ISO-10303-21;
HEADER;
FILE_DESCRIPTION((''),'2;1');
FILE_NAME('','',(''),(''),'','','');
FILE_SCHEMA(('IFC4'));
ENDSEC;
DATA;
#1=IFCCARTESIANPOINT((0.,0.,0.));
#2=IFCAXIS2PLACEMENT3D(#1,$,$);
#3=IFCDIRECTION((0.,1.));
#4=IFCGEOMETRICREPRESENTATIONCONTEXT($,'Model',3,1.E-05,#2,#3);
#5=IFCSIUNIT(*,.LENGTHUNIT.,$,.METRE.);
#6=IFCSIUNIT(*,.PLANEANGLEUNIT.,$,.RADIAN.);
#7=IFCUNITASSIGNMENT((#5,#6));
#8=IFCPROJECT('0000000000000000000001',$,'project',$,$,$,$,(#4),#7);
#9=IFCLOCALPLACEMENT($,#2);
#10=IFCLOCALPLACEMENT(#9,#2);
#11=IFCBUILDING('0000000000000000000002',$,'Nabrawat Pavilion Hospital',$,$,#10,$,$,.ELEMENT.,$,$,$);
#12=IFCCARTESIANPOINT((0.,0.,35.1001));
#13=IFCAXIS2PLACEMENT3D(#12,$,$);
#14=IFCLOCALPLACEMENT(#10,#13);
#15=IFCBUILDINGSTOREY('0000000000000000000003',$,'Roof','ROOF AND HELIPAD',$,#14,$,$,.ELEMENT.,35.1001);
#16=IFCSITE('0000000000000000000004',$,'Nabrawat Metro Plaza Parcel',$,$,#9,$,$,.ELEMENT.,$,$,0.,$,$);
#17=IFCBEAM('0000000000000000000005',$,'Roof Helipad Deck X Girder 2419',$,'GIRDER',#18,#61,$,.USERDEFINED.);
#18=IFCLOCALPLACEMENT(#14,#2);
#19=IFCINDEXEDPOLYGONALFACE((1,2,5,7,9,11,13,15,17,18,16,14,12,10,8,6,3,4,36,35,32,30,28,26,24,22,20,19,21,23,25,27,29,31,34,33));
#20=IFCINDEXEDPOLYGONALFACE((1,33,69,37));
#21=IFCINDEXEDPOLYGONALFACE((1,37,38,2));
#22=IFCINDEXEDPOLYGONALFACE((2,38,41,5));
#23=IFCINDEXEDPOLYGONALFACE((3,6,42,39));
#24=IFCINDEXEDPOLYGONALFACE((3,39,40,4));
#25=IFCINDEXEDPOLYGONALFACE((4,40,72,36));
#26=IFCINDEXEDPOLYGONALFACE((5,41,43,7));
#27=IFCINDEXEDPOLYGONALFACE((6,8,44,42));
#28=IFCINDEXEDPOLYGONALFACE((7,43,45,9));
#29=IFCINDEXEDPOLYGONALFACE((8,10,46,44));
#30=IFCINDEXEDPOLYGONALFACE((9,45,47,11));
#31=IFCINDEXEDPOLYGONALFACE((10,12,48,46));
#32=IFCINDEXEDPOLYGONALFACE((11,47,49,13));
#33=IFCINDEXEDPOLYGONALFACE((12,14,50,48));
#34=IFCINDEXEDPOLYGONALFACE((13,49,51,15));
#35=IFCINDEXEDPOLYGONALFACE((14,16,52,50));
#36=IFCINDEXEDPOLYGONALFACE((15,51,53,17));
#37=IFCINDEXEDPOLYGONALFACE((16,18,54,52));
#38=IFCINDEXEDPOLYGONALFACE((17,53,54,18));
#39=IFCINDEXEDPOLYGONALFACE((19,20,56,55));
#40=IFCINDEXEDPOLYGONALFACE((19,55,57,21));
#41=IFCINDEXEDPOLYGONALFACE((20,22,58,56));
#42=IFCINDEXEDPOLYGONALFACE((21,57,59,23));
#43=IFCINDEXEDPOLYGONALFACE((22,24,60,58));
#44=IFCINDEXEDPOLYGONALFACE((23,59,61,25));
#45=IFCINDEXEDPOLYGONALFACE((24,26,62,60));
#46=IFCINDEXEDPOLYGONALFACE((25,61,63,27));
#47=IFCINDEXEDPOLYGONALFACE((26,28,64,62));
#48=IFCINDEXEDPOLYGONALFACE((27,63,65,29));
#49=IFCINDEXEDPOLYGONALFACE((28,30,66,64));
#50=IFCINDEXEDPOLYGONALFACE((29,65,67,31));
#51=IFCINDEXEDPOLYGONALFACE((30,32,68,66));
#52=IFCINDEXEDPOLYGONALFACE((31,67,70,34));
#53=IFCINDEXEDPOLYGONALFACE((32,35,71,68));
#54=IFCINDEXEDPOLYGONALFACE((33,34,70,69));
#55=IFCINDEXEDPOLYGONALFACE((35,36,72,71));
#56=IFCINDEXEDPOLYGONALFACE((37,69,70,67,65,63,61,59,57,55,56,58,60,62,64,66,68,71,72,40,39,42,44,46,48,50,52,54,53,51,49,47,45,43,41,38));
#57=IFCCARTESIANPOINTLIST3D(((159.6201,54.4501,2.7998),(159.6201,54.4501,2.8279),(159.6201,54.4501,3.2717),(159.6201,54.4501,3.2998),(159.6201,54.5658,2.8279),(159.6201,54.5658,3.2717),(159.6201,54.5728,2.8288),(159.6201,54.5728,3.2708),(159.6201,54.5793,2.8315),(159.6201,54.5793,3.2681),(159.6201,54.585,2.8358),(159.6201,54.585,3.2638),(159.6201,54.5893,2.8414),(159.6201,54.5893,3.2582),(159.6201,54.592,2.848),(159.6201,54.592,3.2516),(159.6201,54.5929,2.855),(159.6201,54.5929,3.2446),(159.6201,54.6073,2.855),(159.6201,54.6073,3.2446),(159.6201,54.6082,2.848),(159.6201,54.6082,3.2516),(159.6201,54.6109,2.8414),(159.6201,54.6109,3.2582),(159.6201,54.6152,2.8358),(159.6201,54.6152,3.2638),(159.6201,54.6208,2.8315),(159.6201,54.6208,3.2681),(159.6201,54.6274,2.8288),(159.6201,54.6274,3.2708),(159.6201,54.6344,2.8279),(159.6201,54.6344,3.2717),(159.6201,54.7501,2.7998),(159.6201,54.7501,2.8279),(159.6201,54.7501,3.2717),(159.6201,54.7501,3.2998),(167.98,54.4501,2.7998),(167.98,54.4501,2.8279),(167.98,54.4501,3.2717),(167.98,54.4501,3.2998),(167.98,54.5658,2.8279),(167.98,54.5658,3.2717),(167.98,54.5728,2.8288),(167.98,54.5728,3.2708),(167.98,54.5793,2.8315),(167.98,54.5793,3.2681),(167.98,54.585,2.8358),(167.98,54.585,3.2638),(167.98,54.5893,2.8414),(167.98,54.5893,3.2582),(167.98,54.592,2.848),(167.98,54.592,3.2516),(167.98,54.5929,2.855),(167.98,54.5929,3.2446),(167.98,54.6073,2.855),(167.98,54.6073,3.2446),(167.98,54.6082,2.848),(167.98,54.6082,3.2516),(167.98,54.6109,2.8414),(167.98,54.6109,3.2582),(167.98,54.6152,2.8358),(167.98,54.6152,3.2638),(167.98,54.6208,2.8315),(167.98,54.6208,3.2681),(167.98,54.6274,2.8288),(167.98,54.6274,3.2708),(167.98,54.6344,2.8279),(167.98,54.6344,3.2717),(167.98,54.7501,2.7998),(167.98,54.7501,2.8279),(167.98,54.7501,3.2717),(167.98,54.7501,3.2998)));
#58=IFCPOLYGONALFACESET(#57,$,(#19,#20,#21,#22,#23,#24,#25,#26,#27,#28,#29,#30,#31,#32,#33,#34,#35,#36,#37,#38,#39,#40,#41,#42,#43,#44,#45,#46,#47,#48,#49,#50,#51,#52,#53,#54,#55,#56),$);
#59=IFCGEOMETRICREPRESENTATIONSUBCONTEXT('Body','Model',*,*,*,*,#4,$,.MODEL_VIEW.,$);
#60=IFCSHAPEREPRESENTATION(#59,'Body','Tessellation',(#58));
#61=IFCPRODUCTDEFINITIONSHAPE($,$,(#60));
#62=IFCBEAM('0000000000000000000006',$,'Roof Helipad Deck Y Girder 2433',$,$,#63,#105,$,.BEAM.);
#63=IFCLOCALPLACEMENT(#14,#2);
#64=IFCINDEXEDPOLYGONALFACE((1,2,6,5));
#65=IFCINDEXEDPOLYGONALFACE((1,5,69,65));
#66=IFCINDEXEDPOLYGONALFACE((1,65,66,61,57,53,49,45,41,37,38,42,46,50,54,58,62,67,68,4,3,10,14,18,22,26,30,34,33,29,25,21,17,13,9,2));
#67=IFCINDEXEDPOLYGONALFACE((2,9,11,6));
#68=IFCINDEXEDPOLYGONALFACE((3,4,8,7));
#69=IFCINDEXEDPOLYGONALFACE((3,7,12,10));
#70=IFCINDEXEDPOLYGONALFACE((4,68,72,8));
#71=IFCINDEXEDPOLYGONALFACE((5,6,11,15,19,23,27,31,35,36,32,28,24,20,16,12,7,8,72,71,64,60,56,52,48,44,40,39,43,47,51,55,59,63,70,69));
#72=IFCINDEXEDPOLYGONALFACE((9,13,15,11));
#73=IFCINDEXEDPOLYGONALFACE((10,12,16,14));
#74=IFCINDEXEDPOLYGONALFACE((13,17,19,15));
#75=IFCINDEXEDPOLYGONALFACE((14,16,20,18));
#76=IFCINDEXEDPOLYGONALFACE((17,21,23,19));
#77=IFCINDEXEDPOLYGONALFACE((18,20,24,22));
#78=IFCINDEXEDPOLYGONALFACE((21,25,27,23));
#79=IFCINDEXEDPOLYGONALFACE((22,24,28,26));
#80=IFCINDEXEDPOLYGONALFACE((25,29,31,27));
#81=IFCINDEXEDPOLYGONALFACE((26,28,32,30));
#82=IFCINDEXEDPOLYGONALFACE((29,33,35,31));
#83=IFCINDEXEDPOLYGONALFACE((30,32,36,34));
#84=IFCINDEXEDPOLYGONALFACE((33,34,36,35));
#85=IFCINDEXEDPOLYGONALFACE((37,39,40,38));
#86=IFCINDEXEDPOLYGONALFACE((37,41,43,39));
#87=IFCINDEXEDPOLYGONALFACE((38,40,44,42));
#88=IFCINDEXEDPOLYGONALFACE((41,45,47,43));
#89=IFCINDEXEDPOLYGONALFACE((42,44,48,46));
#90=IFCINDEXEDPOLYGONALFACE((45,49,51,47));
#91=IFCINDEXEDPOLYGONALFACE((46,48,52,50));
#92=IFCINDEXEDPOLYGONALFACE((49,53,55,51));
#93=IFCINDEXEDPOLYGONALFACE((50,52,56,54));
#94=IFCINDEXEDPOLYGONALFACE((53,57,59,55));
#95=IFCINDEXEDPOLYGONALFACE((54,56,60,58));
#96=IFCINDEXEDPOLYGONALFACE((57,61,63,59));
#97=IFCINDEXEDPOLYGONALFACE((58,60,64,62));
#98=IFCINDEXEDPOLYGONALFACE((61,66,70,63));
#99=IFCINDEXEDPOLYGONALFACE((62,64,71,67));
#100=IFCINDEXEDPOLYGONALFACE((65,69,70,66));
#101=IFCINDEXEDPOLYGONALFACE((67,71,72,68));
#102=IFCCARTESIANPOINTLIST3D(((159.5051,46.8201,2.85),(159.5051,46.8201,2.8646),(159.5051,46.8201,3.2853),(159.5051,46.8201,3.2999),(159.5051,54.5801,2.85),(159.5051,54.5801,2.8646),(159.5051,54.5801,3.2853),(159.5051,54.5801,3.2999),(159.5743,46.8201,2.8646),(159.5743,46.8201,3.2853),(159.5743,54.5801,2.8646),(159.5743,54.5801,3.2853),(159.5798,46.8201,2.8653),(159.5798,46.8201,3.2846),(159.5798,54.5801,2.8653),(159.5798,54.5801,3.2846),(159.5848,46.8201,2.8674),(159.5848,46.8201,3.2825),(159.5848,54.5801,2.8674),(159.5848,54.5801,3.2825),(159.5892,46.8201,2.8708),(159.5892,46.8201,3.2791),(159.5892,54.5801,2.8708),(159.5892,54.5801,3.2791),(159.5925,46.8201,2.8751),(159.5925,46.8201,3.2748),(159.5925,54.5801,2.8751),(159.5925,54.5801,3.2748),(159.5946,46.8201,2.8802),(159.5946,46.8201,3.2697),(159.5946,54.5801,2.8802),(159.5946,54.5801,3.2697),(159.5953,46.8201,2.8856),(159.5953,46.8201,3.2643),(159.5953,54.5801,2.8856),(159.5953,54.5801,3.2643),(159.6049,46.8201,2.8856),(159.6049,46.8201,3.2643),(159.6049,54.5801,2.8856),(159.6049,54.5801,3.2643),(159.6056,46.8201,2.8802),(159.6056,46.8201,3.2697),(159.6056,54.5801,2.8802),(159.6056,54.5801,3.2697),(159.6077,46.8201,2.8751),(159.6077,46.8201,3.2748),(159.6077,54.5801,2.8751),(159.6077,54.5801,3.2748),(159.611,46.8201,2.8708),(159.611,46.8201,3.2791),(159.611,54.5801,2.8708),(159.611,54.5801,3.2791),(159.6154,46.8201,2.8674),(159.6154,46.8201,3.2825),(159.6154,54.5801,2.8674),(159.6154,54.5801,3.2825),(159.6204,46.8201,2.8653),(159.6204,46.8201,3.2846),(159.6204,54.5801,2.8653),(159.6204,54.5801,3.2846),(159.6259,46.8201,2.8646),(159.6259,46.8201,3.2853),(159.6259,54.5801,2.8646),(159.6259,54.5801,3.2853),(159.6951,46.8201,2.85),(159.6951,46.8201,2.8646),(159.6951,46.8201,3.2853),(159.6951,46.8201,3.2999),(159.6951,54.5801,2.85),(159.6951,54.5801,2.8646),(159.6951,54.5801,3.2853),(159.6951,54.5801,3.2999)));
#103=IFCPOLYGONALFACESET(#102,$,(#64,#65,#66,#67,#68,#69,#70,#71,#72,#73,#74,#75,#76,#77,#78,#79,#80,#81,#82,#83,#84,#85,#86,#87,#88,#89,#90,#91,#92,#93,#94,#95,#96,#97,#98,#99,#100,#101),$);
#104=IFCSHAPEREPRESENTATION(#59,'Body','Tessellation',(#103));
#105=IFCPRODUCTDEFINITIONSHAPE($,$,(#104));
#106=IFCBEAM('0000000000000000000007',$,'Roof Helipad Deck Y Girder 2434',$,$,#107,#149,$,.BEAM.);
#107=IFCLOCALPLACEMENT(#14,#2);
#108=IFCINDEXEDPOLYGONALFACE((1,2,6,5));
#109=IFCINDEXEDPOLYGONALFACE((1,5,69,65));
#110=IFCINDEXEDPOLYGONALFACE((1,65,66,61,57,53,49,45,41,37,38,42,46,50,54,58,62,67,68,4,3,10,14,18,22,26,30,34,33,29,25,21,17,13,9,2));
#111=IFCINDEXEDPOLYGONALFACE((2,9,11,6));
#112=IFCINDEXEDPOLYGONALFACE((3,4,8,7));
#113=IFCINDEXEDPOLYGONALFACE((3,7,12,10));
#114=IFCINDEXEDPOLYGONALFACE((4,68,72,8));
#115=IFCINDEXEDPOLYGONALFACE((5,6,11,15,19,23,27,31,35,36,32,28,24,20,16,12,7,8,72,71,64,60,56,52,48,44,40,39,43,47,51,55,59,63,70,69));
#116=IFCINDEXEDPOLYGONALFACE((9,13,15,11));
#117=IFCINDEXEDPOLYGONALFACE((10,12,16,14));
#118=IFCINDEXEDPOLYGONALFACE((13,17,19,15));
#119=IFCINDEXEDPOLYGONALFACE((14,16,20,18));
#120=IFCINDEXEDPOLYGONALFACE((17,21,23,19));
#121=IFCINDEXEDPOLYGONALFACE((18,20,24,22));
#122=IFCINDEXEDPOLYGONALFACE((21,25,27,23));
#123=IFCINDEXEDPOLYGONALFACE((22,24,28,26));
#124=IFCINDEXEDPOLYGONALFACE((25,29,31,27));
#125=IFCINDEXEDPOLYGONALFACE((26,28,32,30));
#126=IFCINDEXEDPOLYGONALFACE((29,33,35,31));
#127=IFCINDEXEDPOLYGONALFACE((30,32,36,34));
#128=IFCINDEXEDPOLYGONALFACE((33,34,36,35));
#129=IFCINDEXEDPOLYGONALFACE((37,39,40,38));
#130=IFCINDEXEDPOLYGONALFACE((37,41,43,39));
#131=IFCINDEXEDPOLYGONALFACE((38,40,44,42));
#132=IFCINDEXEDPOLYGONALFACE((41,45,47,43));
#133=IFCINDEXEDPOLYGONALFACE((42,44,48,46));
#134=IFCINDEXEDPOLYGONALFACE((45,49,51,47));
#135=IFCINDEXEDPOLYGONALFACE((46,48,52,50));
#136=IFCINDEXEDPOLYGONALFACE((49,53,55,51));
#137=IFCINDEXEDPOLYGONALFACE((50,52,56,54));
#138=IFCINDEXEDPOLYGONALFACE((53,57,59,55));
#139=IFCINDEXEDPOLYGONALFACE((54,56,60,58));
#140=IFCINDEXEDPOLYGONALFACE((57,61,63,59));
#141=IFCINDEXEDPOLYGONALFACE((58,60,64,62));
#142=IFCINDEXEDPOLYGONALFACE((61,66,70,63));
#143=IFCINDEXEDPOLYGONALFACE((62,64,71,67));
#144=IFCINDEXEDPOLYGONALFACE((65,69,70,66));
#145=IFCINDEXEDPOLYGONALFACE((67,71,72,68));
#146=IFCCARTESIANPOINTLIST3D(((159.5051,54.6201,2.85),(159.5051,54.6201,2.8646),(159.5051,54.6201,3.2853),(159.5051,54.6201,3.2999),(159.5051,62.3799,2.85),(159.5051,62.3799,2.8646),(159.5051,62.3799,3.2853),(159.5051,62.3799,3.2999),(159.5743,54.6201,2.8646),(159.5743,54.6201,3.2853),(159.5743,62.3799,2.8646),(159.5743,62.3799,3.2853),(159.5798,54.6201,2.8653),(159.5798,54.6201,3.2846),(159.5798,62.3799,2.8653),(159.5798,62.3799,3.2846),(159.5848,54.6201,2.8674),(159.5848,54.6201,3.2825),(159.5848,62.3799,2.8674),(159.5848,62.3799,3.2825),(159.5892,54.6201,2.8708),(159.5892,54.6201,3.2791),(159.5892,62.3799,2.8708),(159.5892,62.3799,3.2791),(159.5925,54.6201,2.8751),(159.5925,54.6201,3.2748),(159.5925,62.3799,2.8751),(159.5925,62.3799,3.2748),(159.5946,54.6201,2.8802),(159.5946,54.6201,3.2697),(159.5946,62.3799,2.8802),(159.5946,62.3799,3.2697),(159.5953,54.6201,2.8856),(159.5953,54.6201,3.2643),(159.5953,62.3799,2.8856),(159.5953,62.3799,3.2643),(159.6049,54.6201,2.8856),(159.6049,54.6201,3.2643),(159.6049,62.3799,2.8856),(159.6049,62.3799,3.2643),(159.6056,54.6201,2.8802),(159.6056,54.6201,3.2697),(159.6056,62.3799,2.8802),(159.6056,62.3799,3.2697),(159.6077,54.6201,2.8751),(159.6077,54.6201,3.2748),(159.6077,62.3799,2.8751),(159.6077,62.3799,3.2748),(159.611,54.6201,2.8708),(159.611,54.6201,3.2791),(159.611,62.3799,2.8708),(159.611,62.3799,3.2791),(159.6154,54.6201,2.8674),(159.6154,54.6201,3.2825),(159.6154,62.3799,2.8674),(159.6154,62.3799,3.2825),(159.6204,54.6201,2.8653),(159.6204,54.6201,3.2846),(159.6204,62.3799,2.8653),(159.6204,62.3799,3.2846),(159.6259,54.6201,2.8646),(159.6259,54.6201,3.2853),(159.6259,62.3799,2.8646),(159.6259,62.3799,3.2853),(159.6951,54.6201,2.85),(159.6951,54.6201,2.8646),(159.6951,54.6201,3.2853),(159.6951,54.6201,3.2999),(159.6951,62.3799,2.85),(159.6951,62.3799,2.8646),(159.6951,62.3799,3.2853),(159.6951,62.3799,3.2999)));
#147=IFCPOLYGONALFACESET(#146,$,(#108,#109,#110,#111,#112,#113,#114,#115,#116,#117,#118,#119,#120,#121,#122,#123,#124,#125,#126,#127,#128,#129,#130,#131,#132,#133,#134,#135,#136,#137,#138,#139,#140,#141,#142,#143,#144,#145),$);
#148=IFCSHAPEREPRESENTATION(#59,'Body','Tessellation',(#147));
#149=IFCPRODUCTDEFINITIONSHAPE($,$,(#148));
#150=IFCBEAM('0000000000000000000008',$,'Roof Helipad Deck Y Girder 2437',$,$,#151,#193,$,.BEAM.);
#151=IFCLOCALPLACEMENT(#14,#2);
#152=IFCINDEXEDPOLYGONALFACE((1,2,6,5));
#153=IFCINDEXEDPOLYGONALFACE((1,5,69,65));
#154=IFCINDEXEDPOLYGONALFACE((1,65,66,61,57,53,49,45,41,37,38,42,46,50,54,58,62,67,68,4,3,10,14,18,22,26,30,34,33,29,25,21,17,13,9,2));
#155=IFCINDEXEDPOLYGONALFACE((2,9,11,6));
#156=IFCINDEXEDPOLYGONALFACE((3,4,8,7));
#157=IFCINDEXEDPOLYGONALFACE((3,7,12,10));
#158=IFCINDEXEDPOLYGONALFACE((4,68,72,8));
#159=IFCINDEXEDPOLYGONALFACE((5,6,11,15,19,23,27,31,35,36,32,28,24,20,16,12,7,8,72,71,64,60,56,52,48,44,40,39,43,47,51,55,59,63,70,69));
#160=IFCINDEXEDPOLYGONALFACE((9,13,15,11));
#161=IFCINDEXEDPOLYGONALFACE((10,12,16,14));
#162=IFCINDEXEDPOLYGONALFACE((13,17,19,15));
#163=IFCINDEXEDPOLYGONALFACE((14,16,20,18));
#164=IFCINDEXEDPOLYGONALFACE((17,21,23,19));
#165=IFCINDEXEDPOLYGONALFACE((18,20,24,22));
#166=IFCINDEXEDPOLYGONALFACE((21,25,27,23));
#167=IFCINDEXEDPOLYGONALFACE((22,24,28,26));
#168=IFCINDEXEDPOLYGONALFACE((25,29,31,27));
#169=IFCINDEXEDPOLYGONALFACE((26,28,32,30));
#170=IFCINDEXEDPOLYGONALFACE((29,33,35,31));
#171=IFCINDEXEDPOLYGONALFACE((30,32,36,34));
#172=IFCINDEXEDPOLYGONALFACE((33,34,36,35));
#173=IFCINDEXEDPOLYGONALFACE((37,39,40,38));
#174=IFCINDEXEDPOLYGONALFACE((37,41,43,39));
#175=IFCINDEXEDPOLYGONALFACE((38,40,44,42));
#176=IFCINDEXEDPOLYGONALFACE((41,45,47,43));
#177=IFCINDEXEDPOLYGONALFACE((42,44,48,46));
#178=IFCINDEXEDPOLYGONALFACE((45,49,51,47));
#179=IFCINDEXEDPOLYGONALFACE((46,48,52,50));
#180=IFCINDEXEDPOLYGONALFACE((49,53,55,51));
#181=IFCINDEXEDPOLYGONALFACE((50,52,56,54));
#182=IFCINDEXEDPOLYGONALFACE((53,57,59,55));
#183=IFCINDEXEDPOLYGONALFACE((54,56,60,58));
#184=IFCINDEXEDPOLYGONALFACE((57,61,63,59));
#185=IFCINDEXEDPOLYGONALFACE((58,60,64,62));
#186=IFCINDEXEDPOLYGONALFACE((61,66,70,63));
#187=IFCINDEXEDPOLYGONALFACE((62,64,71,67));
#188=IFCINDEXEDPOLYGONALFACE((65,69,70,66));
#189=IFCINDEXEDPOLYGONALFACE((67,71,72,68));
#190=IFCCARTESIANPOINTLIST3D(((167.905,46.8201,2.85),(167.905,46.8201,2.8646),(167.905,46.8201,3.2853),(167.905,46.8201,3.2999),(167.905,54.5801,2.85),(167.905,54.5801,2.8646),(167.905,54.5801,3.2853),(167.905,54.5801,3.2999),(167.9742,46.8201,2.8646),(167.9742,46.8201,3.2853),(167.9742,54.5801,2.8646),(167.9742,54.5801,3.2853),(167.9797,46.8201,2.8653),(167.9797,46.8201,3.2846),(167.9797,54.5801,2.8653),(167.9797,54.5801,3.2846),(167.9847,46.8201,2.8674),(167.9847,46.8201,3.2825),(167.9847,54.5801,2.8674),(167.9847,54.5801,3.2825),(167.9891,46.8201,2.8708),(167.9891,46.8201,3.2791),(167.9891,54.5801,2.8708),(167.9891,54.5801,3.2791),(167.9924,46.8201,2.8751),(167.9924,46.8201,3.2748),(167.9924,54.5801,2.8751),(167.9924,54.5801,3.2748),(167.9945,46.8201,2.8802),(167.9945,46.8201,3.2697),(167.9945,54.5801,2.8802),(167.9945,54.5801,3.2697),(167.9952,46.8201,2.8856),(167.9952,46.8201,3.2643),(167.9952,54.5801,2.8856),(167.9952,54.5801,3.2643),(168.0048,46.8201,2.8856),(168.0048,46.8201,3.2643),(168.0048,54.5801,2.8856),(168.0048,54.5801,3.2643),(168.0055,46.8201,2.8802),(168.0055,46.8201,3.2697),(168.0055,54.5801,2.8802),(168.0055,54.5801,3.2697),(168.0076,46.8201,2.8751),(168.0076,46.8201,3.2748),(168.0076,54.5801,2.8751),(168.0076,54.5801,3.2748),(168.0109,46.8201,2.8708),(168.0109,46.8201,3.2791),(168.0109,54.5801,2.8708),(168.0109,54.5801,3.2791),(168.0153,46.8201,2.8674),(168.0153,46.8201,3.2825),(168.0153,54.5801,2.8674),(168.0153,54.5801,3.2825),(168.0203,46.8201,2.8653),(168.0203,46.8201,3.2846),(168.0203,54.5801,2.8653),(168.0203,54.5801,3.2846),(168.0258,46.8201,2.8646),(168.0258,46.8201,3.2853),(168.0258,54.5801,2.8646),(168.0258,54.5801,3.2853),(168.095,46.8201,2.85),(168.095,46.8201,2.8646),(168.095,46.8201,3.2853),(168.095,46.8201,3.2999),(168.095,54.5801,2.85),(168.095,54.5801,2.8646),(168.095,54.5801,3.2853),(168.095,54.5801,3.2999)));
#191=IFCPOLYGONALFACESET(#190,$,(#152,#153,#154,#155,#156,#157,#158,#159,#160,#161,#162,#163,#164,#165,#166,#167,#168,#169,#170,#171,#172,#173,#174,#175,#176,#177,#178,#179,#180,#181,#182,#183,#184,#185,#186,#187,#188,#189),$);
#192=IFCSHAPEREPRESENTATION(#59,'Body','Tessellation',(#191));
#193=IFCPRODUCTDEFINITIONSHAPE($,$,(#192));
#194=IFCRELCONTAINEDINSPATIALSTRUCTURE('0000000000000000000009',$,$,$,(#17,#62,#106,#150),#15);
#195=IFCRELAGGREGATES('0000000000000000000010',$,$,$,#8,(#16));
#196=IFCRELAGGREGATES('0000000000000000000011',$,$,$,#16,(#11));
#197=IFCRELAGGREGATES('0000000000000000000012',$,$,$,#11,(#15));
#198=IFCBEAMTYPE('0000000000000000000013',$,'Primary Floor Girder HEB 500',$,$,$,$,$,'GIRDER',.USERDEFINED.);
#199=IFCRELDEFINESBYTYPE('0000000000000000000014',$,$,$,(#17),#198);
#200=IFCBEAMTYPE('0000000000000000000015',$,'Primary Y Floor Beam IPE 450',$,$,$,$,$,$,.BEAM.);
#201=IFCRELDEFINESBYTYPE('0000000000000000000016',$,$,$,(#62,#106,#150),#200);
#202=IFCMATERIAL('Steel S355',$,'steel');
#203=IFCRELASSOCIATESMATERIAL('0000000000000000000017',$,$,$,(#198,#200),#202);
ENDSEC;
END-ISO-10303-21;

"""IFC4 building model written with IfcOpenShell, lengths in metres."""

from ifc_helpers import new_model, si_unit, direction, frame, origin, origin_2d, place, context, subcontext, project, spatial, i_section, extrude, material, material_profile, profile_set, type_object, element, save


model = new_model("IFC4")

# Units and contexts
model_context = context("Model", 3, precision=1e-05, world=origin(), true_north=direction((0.0, 1.0)))
body_context = subcontext(model_context, "Body", "Model", "MODEL_VIEW")
ifc_project = project(units=[si_unit("LENGTHUNIT", "METRE"), si_unit("PLANEANGLEUNIT", "RADIAN")], contexts=[model_context])

# Site, building, storey
site_placement = place(None, origin())
site = spatial("IfcSite", under=ifc_project, at=site_placement, Name="Nabrawat Metro Plaza Parcel", CompositionType="ELEMENT", RefElevation=0.0)
building_placement = place(site_placement, origin())
building = spatial("IfcBuilding", under=site, at=building_placement, Name="Nabrawat Pavilion Hospital", CompositionType="ELEMENT")
storey_placement = place(building_placement, frame((0.0, 0.0, 35.1001)))
storey = spatial("IfcBuildingStorey", under=building, at=storey_placement, Name="Roof", Description="ROOF AND HELIPAD", CompositionType="ELEMENT", Elevation=35.1001)

# Shared definitions
ifc_material_1 = material(Name="Steel S355", Category="steel")

# Beams
ifc_material_profile_1 = material_profile(ifc_material_1, i_section(OverallWidth=0.3, OverallDepth=0.5, WebThickness=0.0144, FlangeThickness=0.0281, FilletRadius=0.0271, at=origin_2d()), Name="HEB 500")
ifc_profile_set_1 = profile_set([ifc_material_profile_1], Name="Steel S355")
beam_type_1 = type_object("IfcBeamType", Name="Primary Floor Girder HEB 500", ElementType="GIRDER", PredefinedType="USERDEFINED", material=ifc_profile_set_1)
beam_1_placement = place(storey_placement, frame((159.6201, 54.6001, 3.0498), z_axis=(1.0, 0.0, 0.0), x_axis=(0.0, 1.0, 0.0)))
element("IfcBeam", 1, at=beam_1_placement, inside=storey, type_object=beam_type_1, Name="Roof Helipad Deck X Girder 2419", ObjectType="GIRDER", PredefinedType="USERDEFINED", context=body_context, shape_type="SweptSolid", body=[
    extrude(i_section(OverallWidth=0.3, OverallDepth=0.5, WebThickness=0.0144, FlangeThickness=0.0281, FilletRadius=0.0271, at=origin_2d()), origin(), (0.0, 0.0, 1.0), 8.3599),
])
ifc_material_profile_2 = material_profile(ifc_material_1, i_section(OverallWidth=0.1899, OverallDepth=0.45, WebThickness=0.0095, FlangeThickness=0.0146, FilletRadius=0.021, at=origin_2d()), Name="IPE 450")
ifc_profile_set_2 = profile_set([ifc_material_profile_2], Name="Steel S355")
beam_type_2 = type_object("IfcBeamType", Name="Primary Y Floor Beam IPE 450", PredefinedType="BEAM", material=ifc_profile_set_2)
beam_2_placement = place(storey_placement, frame((159.6001, 46.8201, 3.075), z_axis=(0.0, 1.0, 0.0), x_axis=(-1.0, 0.0, 0.0)))
element("IfcBeam", 2, at=beam_2_placement, inside=storey, type_object=beam_type_2, Name="Roof Helipad Deck Y Girder 2433", PredefinedType="BEAM", context=body_context, shape_type="SweptSolid", body=[
    extrude(i_section(OverallWidth=0.1899, OverallDepth=0.45, WebThickness=0.0095, FlangeThickness=0.0146, FilletRadius=0.021, at=origin_2d()), origin(), (0.0, 0.0, 1.0), 7.76),
])
beam_3_placement = place(storey_placement, frame((159.6001, 54.6201, 3.075), z_axis=(0.0, 1.0, 0.0), x_axis=(-1.0, 0.0, 0.0)))
element("IfcBeam", 3, at=beam_3_placement, inside=storey, type_object=beam_type_2, Name="Roof Helipad Deck Y Girder 2434", PredefinedType="BEAM", context=body_context, shape_type="SweptSolid", body=[
    extrude(i_section(OverallWidth=0.1899, OverallDepth=0.45, WebThickness=0.0095, FlangeThickness=0.0146, FilletRadius=0.021, at=origin_2d()), origin(), (0.0, 0.0, 1.0), 7.7598),
])
beam_4_placement = place(storey_placement, frame((168.0, 46.8201, 3.075), z_axis=(0.0, 1.0, 0.0), x_axis=(-1.0, 0.0, 0.0)))
element("IfcBeam", 4, at=beam_4_placement, inside=storey, type_object=beam_type_2, Name="Roof Helipad Deck Y Girder 2437", PredefinedType="BEAM", context=body_context, shape_type="SweptSolid", body=[
    extrude(i_section(OverallWidth=0.1899, OverallDepth=0.45, WebThickness=0.0095, FlangeThickness=0.0146, FilletRadius=0.021, at=origin_2d()), origin(), (0.0, 0.0, 1.0), 7.76),
])

save(model, "model.ifc")
